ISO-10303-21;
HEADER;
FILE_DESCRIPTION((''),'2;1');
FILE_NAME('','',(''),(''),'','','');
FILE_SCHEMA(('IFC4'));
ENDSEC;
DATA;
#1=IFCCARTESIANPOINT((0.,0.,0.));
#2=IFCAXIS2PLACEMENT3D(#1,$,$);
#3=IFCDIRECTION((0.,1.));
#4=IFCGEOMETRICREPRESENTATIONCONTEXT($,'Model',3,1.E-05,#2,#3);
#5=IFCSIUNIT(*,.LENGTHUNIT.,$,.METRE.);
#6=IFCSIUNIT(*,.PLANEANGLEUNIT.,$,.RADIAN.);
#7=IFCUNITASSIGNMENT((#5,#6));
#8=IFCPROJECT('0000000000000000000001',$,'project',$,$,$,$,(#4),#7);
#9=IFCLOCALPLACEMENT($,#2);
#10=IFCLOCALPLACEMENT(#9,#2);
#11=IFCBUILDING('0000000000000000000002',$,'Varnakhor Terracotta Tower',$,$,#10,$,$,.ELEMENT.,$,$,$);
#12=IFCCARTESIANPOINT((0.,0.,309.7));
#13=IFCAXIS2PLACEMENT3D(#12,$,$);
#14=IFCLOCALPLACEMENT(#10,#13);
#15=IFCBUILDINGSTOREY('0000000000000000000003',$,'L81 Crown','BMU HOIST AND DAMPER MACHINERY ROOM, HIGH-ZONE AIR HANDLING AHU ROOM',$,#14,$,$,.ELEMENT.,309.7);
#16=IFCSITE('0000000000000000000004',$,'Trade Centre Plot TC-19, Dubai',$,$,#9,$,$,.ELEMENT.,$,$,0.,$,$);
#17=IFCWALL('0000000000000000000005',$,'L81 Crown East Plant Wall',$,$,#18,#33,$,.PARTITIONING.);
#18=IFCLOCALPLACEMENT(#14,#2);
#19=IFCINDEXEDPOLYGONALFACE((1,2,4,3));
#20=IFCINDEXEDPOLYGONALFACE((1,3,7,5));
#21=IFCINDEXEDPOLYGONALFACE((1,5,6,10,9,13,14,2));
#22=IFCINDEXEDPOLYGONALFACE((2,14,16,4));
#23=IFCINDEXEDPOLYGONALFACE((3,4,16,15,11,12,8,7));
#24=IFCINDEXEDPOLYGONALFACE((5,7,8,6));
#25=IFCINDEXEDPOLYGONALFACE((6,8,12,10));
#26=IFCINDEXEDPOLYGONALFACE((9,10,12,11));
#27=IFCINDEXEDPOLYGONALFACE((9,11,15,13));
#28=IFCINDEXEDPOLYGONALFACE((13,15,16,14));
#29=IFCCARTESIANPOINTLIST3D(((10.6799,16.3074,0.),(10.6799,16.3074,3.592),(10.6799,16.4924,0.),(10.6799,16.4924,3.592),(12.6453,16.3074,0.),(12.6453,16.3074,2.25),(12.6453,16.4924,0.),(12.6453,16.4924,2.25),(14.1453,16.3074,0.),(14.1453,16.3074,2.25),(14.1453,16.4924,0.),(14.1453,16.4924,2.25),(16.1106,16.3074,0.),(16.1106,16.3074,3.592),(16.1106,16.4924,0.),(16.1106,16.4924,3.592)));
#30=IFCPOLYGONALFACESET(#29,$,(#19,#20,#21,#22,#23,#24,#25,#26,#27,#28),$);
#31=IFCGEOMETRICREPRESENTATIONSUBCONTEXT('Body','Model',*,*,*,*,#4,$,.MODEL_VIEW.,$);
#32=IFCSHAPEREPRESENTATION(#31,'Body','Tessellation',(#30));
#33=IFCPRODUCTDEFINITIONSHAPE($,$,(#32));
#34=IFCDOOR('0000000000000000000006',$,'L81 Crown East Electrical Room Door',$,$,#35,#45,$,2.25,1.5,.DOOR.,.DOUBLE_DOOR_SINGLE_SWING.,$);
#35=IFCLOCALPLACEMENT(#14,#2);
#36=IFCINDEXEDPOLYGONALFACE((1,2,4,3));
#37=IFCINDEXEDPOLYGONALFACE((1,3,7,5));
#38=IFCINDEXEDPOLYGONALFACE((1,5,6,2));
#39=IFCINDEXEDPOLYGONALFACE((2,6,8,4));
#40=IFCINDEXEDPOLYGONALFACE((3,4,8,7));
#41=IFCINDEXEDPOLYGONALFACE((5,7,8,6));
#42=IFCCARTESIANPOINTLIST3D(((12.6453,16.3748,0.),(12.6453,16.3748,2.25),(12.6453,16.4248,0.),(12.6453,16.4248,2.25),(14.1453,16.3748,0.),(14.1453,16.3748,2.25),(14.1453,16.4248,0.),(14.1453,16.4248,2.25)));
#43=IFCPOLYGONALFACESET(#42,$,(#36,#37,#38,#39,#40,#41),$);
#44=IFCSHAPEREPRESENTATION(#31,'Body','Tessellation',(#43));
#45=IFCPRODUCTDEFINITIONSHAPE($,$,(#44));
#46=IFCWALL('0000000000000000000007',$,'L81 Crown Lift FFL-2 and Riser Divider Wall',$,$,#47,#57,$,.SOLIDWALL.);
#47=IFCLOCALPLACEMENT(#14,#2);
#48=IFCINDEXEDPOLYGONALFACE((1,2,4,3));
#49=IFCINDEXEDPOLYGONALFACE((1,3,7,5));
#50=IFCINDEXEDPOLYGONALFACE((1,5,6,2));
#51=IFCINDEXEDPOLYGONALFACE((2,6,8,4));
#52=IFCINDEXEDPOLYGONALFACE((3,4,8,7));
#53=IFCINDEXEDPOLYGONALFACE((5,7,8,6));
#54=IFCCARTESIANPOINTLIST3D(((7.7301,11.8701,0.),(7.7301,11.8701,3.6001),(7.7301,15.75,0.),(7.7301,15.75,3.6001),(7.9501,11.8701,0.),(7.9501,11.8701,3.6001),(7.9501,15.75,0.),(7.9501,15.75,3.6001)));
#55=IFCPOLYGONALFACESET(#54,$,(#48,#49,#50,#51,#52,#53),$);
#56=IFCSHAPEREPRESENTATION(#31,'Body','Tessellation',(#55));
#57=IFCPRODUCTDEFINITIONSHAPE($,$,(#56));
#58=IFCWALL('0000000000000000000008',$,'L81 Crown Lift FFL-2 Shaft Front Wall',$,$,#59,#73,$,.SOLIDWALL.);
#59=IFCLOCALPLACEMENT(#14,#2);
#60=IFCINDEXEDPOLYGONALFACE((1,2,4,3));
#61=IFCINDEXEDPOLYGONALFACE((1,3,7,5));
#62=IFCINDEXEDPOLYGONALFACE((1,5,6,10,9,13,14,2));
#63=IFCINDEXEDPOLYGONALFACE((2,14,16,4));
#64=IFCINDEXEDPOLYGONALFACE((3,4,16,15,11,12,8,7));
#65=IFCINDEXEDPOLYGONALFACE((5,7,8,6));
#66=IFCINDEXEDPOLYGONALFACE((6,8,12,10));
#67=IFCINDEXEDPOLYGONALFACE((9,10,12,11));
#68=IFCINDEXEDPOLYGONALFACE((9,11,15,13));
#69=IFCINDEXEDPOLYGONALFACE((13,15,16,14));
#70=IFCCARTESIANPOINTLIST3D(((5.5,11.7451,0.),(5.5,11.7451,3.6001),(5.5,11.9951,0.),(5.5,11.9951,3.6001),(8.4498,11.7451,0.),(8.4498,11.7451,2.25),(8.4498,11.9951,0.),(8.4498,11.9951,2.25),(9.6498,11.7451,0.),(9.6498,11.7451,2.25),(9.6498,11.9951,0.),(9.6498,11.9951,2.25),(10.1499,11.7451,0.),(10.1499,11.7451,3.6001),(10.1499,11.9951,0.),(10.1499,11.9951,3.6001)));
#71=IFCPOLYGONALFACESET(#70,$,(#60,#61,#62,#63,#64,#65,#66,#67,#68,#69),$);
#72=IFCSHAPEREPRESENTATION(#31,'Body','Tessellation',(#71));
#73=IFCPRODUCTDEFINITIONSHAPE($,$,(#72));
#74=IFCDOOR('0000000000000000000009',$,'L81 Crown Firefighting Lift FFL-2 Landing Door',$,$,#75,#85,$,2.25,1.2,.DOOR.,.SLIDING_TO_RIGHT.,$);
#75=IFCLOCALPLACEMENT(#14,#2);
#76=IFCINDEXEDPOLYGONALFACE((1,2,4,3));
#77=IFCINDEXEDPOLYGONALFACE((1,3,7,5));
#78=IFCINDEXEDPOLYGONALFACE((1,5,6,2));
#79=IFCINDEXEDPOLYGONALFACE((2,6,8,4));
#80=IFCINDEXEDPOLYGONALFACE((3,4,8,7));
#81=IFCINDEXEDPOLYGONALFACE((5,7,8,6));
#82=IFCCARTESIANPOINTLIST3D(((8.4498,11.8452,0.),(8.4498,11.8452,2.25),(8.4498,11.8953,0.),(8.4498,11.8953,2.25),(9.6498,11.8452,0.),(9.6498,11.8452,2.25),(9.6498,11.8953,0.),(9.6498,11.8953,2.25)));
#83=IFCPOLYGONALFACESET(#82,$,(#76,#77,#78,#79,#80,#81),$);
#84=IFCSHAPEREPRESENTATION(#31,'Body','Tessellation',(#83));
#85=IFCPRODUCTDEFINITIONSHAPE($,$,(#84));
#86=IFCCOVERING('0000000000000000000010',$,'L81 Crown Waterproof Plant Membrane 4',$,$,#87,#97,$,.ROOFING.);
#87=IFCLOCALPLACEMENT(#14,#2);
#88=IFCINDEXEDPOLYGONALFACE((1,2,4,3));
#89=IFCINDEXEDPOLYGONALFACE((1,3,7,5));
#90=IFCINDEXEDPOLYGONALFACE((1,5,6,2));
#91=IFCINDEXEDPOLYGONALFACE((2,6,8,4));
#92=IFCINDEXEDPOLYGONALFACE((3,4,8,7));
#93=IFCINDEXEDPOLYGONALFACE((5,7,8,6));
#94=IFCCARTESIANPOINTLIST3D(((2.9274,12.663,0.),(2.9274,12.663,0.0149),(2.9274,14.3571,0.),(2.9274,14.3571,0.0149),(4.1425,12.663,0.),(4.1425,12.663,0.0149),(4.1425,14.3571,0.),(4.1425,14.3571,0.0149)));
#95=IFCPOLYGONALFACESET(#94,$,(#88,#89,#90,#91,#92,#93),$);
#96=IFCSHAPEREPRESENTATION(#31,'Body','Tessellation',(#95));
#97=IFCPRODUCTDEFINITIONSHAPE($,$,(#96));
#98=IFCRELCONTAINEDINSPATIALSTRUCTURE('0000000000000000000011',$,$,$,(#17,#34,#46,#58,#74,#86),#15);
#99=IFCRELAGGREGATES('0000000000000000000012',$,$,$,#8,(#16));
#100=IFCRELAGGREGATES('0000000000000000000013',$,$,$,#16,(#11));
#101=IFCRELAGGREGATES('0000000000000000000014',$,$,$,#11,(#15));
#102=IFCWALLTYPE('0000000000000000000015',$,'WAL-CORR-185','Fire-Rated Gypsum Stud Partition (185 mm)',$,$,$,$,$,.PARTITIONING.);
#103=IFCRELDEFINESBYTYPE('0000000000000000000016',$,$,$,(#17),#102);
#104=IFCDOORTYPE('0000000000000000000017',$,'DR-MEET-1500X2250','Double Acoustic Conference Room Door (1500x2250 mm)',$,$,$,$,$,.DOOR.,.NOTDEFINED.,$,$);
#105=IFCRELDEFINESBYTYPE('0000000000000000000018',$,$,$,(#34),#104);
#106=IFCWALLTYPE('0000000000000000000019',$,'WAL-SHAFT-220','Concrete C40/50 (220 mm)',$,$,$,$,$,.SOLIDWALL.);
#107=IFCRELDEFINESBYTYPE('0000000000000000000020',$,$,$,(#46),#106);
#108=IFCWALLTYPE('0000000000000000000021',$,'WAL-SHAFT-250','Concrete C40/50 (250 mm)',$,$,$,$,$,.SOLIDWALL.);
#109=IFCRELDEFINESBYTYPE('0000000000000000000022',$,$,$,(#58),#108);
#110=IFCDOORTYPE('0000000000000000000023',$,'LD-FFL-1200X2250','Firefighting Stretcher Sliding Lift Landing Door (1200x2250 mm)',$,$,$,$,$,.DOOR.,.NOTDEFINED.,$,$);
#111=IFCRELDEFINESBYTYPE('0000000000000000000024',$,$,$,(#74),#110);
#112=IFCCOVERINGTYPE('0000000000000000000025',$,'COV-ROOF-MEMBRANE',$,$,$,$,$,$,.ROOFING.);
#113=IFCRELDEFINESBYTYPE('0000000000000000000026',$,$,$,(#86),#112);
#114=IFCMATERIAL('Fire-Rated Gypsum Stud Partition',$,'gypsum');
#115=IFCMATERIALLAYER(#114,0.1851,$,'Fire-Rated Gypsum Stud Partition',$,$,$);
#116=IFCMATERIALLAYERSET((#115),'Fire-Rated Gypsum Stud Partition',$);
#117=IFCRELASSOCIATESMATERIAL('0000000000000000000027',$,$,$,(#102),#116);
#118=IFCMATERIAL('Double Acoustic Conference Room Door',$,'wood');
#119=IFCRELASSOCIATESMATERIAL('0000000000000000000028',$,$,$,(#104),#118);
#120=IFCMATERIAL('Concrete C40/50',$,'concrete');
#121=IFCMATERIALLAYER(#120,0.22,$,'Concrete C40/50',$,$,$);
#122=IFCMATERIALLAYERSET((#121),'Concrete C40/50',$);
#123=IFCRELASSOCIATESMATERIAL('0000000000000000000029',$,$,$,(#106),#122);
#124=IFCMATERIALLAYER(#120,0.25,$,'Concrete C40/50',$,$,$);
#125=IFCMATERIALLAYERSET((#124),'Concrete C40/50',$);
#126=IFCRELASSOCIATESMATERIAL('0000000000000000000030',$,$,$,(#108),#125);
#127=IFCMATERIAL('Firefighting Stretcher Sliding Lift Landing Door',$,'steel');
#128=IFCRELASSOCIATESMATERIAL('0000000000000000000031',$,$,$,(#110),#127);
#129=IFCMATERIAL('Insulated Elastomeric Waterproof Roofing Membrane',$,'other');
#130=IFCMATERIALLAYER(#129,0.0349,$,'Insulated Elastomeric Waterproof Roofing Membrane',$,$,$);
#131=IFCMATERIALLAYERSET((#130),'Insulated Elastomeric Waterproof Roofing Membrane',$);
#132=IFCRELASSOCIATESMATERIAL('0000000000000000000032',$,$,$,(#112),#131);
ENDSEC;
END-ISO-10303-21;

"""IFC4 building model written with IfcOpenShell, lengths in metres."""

from ifc_helpers import new_model, si_unit, direction, frame, frame_2d, origin, origin_2d, place, context, subcontext, project, spatial, rectangle, extrude, source, transform, mapped, material, layer, layer_set, type_object, type_shapes, element, fill, save


model = new_model("IFC4")

# Units and contexts
model_context = context("Model", 3, precision=1e-05, world=origin(), true_north=direction((0.0, 1.0)))
body_context = subcontext(model_context, "Body", "Model", "MODEL_VIEW")
ifc_project = project(units=[si_unit("LENGTHUNIT", "METRE"), si_unit("PLANEANGLEUNIT", "RADIAN")], contexts=[model_context])

# Site, building, storey
site_placement = place(None, origin())
site = spatial("IfcSite", under=ifc_project, at=site_placement, Name="Trade Centre Plot TC-19, Dubai", CompositionType="ELEMENT", RefElevation=0.0)
building_placement = place(site_placement, origin())
building = spatial("IfcBuilding", under=site, at=building_placement, Name="Varnakhor Terracotta Tower", CompositionType="ELEMENT")
storey_placement = place(building_placement, frame((0.0, 0.0, 309.7)))
storey = spatial("IfcBuildingStorey", under=building, at=storey_placement, Name="L81 Crown", Description="BMU HOIST AND DAMPER MACHINERY ROOM, HIGH-ZONE AIR HANDLING AHU ROOM", CompositionType="ELEMENT", Elevation=309.7)

# Wall, opening, door
ifc_material_1 = material(Name="Fire-Rated Gypsum Stud Partition", Category="gypsum")
ifc_layer_1 = layer(ifc_material_1, 0.1851, Name="Fire-Rated Gypsum Stud Partition")
ifc_layer_set_1 = layer_set([ifc_layer_1], Name="Fire-Rated Gypsum Stud Partition")
wall_type_1 = type_object("IfcWallType", Name="WAL-CORR-185", Description="Fire-Rated Gypsum Stud Partition (185 mm)", PredefinedType="PARTITIONING", material=ifc_layer_set_1)
wall_1_placement = place(storey_placement, frame((10.6799, 16.3999, 0.0), z_axis=(0.0, 0.0, 1.0), x_axis=(1.0, 0.0, 0.0)))
wall_1 = element("IfcWall", 1, at=wall_1_placement, inside=storey, type_object=wall_type_1, Name="L81 Crown East Plant Wall", PredefinedType="PARTITIONING", context=body_context, shape_type="SweptSolid", body=[
    extrude(rectangle(XDim=5.4307, YDim=0.1851, at=frame_2d((2.7153, 0.0))), origin(), (0.0, 0.0, 1.0), 3.592),
])
opening_1_placement = place(wall_1_placement, frame((1.9653, 0.0, 0.0)))
opening_1 = element("IfcOpeningElement", 2, at=opening_1_placement, cuts=wall_1, PredefinedType="OPENING", context=body_context, shape_type="SweptSolid", body=[
    extrude(rectangle(XDim=1.5, YDim=2.25, at=frame_2d((0.75, 1.125))), frame((0.0, 0.1025, 0.0), z_axis=(0.0, -1.0, 0.0), x_axis=(1.0, 0.0, 0.0)), (0.0, 0.0, 1.0), 0.2051),
])
ifc_material_2 = material(Name="Double Acoustic Conference Room Door", Category="wood")
door_type_1 = type_object("IfcDoorType", Name="DR-MEET-1500X2250", Description="Double Acoustic Conference Room Door (1500x2250 mm)", OperationType="NOTDEFINED", PredefinedType="DOOR", material=ifc_material_2)
shared_shape_1 = source(origin(), body_context, "Body", "SweptSolid", [
    extrude(rectangle(XDim=1.5, YDim=2.25, at=frame_2d((0.75, 1.125))), frame((0.0, 0.0249, 0.0), z_axis=(0.0, -1.0, 0.0), x_axis=(1.0, 0.0, 0.0)), (0.0, 0.0, 1.0), 0.05),
])
type_shapes(door_type_1, [shared_shape_1])
door_1_placement = place(opening_1_placement, origin())
door_1 = element("IfcDoor", 3, at=door_1_placement, inside=storey, type_object=door_type_1, Name="L81 Crown East Electrical Room Door", OperationType="DOUBLE_DOOR_SINGLE_SWING", OverallHeight=2.25, OverallWidth=1.5, PredefinedType="DOOR", context=body_context, shape_type="MappedRepresentation", body=[
    mapped(shared_shape_1, transform((0.0, 0.0, 0.0), scale=1.0)),
])
fill(opening_1, door_1)

# Wall
ifc_material_3 = material(Name="Concrete C40/50", Category="concrete")
ifc_layer_2 = layer(ifc_material_3, 0.22, Name="Concrete C40/50")
ifc_layer_set_2 = layer_set([ifc_layer_2], Name="Concrete C40/50")
wall_type_2 = type_object("IfcWallType", Name="WAL-SHAFT-220", Description="Concrete C40/50 (220 mm)", PredefinedType="SOLIDWALL", material=ifc_layer_set_2)
wall_2_placement = place(storey_placement, frame((7.8401, 11.8701, 0.0), z_axis=(0.0, 0.0, 1.0), x_axis=(0.0, 1.0, 0.0)))
element("IfcWall", 4, at=wall_2_placement, inside=storey, type_object=wall_type_2, Name="L81 Crown Lift FFL-2 and Riser Divider Wall", PredefinedType="SOLIDWALL", context=body_context, shape_type="SweptSolid", body=[
    extrude(rectangle(XDim=3.8799, YDim=0.22, at=frame_2d((1.9399, 0.0))), origin(), (0.0, 0.0, 1.0), 3.6001),
])

# Wall, opening, door
ifc_layer_3 = layer(ifc_material_3, 0.25, Name="Concrete C40/50")
ifc_layer_set_3 = layer_set([ifc_layer_3], Name="Concrete C40/50")
wall_type_3 = type_object("IfcWallType", Name="WAL-SHAFT-250", Description="Concrete C40/50 (250 mm)", PredefinedType="SOLIDWALL", material=ifc_layer_set_3)
wall_3_placement = place(storey_placement, frame((10.1499, 11.8701, 0.0), z_axis=(0.0, 0.0, 1.0), x_axis=(-1.0, 0.0, 0.0)))
wall_3 = element("IfcWall", 5, at=wall_3_placement, inside=storey, type_object=wall_type_3, Name="L81 Crown Lift FFL-2 Shaft Front Wall", PredefinedType="SOLIDWALL", context=body_context, shape_type="SweptSolid", body=[
    extrude(rectangle(XDim=4.6499, YDim=0.25, at=frame_2d((2.325, 0.0))), origin(), (0.0, 0.0, 1.0), 3.6001),
])
opening_2_placement = place(wall_3_placement, frame((0.5, 0.0, 0.0)))
opening_2 = element("IfcOpeningElement", 6, at=opening_2_placement, cuts=wall_3, PredefinedType="OPENING", context=body_context, shape_type="SweptSolid", body=[
    extrude(rectangle(XDim=1.2, YDim=2.25, at=frame_2d((0.6001, 1.125))), frame((0.0, 0.135, 0.0), z_axis=(0.0, -1.0, 0.0), x_axis=(1.0, 0.0, 0.0)), (0.0, 0.0, 1.0), 0.27),
])
ifc_material_4 = material(Name="Firefighting Stretcher Sliding Lift Landing Door", Category="steel")
door_type_2 = type_object("IfcDoorType", Name="LD-FFL-1200X2250", Description="Firefighting Stretcher Sliding Lift Landing Door (1200x2250 mm)", OperationType="NOTDEFINED", PredefinedType="DOOR", material=ifc_material_4)
shared_shape_2 = source(origin(), body_context, "Body", "SweptSolid", [
    extrude(rectangle(XDim=1.2, YDim=2.25, at=frame_2d((0.6001, 1.125))), frame((0.0, 0.0249, 0.0), z_axis=(0.0, -1.0, 0.0), x_axis=(1.0, 0.0, 0.0)), (0.0, 0.0, 1.0), 0.05),
])
type_shapes(door_type_2, [shared_shape_2])
door_2_placement = place(opening_2_placement, origin())
door_2 = element("IfcDoor", 7, at=door_2_placement, inside=storey, type_object=door_type_2, Name="L81 Crown Firefighting Lift FFL-2 Landing Door", OperationType="SLIDING_TO_RIGHT", OverallHeight=2.25, OverallWidth=1.2, PredefinedType="DOOR", context=body_context, shape_type="MappedRepresentation", body=[
    mapped(shared_shape_2, transform((0.0, 0.0, 0.0), scale=1.0)),
])
fill(opening_2, door_2)

# Covering
ifc_material_5 = material(Name="Insulated Elastomeric Waterproof Roofing Membrane", Category="other")
ifc_layer_4 = layer(ifc_material_5, 0.0349, Name="Insulated Elastomeric Waterproof Roofing Membrane")
ifc_layer_set_4 = layer_set([ifc_layer_4], Name="Insulated Elastomeric Waterproof Roofing Membrane")
covering_type = type_object("IfcCoveringType", Name="COV-ROOF-MEMBRANE", PredefinedType="ROOFING", material=ifc_layer_set_4)
shared_shape_3 = source(origin(), body_context, "Body", "SweptSolid", [
    extrude(rectangle(XDim=1.2151, YDim=1.6941, at=origin_2d()), origin(), (0.0, 0.0, 1.0), 0.0149),
])
covering_placement = place(storey_placement, frame((3.5349, 13.51, 0.0), z_axis=(0.0, 0.0, 1.0), x_axis=(1.0, 0.0, 0.0)))
element("IfcCovering", 8, at=covering_placement, inside=storey, type_object=covering_type, Name="L81 Crown Waterproof Plant Membrane 4", PredefinedType="ROOFING", context=body_context, shape_type="MappedRepresentation", body=[
    mapped(shared_shape_3, transform((0.0, 0.0, 0.0), scale=1.0)),
])

save(model, "model.ifc")
